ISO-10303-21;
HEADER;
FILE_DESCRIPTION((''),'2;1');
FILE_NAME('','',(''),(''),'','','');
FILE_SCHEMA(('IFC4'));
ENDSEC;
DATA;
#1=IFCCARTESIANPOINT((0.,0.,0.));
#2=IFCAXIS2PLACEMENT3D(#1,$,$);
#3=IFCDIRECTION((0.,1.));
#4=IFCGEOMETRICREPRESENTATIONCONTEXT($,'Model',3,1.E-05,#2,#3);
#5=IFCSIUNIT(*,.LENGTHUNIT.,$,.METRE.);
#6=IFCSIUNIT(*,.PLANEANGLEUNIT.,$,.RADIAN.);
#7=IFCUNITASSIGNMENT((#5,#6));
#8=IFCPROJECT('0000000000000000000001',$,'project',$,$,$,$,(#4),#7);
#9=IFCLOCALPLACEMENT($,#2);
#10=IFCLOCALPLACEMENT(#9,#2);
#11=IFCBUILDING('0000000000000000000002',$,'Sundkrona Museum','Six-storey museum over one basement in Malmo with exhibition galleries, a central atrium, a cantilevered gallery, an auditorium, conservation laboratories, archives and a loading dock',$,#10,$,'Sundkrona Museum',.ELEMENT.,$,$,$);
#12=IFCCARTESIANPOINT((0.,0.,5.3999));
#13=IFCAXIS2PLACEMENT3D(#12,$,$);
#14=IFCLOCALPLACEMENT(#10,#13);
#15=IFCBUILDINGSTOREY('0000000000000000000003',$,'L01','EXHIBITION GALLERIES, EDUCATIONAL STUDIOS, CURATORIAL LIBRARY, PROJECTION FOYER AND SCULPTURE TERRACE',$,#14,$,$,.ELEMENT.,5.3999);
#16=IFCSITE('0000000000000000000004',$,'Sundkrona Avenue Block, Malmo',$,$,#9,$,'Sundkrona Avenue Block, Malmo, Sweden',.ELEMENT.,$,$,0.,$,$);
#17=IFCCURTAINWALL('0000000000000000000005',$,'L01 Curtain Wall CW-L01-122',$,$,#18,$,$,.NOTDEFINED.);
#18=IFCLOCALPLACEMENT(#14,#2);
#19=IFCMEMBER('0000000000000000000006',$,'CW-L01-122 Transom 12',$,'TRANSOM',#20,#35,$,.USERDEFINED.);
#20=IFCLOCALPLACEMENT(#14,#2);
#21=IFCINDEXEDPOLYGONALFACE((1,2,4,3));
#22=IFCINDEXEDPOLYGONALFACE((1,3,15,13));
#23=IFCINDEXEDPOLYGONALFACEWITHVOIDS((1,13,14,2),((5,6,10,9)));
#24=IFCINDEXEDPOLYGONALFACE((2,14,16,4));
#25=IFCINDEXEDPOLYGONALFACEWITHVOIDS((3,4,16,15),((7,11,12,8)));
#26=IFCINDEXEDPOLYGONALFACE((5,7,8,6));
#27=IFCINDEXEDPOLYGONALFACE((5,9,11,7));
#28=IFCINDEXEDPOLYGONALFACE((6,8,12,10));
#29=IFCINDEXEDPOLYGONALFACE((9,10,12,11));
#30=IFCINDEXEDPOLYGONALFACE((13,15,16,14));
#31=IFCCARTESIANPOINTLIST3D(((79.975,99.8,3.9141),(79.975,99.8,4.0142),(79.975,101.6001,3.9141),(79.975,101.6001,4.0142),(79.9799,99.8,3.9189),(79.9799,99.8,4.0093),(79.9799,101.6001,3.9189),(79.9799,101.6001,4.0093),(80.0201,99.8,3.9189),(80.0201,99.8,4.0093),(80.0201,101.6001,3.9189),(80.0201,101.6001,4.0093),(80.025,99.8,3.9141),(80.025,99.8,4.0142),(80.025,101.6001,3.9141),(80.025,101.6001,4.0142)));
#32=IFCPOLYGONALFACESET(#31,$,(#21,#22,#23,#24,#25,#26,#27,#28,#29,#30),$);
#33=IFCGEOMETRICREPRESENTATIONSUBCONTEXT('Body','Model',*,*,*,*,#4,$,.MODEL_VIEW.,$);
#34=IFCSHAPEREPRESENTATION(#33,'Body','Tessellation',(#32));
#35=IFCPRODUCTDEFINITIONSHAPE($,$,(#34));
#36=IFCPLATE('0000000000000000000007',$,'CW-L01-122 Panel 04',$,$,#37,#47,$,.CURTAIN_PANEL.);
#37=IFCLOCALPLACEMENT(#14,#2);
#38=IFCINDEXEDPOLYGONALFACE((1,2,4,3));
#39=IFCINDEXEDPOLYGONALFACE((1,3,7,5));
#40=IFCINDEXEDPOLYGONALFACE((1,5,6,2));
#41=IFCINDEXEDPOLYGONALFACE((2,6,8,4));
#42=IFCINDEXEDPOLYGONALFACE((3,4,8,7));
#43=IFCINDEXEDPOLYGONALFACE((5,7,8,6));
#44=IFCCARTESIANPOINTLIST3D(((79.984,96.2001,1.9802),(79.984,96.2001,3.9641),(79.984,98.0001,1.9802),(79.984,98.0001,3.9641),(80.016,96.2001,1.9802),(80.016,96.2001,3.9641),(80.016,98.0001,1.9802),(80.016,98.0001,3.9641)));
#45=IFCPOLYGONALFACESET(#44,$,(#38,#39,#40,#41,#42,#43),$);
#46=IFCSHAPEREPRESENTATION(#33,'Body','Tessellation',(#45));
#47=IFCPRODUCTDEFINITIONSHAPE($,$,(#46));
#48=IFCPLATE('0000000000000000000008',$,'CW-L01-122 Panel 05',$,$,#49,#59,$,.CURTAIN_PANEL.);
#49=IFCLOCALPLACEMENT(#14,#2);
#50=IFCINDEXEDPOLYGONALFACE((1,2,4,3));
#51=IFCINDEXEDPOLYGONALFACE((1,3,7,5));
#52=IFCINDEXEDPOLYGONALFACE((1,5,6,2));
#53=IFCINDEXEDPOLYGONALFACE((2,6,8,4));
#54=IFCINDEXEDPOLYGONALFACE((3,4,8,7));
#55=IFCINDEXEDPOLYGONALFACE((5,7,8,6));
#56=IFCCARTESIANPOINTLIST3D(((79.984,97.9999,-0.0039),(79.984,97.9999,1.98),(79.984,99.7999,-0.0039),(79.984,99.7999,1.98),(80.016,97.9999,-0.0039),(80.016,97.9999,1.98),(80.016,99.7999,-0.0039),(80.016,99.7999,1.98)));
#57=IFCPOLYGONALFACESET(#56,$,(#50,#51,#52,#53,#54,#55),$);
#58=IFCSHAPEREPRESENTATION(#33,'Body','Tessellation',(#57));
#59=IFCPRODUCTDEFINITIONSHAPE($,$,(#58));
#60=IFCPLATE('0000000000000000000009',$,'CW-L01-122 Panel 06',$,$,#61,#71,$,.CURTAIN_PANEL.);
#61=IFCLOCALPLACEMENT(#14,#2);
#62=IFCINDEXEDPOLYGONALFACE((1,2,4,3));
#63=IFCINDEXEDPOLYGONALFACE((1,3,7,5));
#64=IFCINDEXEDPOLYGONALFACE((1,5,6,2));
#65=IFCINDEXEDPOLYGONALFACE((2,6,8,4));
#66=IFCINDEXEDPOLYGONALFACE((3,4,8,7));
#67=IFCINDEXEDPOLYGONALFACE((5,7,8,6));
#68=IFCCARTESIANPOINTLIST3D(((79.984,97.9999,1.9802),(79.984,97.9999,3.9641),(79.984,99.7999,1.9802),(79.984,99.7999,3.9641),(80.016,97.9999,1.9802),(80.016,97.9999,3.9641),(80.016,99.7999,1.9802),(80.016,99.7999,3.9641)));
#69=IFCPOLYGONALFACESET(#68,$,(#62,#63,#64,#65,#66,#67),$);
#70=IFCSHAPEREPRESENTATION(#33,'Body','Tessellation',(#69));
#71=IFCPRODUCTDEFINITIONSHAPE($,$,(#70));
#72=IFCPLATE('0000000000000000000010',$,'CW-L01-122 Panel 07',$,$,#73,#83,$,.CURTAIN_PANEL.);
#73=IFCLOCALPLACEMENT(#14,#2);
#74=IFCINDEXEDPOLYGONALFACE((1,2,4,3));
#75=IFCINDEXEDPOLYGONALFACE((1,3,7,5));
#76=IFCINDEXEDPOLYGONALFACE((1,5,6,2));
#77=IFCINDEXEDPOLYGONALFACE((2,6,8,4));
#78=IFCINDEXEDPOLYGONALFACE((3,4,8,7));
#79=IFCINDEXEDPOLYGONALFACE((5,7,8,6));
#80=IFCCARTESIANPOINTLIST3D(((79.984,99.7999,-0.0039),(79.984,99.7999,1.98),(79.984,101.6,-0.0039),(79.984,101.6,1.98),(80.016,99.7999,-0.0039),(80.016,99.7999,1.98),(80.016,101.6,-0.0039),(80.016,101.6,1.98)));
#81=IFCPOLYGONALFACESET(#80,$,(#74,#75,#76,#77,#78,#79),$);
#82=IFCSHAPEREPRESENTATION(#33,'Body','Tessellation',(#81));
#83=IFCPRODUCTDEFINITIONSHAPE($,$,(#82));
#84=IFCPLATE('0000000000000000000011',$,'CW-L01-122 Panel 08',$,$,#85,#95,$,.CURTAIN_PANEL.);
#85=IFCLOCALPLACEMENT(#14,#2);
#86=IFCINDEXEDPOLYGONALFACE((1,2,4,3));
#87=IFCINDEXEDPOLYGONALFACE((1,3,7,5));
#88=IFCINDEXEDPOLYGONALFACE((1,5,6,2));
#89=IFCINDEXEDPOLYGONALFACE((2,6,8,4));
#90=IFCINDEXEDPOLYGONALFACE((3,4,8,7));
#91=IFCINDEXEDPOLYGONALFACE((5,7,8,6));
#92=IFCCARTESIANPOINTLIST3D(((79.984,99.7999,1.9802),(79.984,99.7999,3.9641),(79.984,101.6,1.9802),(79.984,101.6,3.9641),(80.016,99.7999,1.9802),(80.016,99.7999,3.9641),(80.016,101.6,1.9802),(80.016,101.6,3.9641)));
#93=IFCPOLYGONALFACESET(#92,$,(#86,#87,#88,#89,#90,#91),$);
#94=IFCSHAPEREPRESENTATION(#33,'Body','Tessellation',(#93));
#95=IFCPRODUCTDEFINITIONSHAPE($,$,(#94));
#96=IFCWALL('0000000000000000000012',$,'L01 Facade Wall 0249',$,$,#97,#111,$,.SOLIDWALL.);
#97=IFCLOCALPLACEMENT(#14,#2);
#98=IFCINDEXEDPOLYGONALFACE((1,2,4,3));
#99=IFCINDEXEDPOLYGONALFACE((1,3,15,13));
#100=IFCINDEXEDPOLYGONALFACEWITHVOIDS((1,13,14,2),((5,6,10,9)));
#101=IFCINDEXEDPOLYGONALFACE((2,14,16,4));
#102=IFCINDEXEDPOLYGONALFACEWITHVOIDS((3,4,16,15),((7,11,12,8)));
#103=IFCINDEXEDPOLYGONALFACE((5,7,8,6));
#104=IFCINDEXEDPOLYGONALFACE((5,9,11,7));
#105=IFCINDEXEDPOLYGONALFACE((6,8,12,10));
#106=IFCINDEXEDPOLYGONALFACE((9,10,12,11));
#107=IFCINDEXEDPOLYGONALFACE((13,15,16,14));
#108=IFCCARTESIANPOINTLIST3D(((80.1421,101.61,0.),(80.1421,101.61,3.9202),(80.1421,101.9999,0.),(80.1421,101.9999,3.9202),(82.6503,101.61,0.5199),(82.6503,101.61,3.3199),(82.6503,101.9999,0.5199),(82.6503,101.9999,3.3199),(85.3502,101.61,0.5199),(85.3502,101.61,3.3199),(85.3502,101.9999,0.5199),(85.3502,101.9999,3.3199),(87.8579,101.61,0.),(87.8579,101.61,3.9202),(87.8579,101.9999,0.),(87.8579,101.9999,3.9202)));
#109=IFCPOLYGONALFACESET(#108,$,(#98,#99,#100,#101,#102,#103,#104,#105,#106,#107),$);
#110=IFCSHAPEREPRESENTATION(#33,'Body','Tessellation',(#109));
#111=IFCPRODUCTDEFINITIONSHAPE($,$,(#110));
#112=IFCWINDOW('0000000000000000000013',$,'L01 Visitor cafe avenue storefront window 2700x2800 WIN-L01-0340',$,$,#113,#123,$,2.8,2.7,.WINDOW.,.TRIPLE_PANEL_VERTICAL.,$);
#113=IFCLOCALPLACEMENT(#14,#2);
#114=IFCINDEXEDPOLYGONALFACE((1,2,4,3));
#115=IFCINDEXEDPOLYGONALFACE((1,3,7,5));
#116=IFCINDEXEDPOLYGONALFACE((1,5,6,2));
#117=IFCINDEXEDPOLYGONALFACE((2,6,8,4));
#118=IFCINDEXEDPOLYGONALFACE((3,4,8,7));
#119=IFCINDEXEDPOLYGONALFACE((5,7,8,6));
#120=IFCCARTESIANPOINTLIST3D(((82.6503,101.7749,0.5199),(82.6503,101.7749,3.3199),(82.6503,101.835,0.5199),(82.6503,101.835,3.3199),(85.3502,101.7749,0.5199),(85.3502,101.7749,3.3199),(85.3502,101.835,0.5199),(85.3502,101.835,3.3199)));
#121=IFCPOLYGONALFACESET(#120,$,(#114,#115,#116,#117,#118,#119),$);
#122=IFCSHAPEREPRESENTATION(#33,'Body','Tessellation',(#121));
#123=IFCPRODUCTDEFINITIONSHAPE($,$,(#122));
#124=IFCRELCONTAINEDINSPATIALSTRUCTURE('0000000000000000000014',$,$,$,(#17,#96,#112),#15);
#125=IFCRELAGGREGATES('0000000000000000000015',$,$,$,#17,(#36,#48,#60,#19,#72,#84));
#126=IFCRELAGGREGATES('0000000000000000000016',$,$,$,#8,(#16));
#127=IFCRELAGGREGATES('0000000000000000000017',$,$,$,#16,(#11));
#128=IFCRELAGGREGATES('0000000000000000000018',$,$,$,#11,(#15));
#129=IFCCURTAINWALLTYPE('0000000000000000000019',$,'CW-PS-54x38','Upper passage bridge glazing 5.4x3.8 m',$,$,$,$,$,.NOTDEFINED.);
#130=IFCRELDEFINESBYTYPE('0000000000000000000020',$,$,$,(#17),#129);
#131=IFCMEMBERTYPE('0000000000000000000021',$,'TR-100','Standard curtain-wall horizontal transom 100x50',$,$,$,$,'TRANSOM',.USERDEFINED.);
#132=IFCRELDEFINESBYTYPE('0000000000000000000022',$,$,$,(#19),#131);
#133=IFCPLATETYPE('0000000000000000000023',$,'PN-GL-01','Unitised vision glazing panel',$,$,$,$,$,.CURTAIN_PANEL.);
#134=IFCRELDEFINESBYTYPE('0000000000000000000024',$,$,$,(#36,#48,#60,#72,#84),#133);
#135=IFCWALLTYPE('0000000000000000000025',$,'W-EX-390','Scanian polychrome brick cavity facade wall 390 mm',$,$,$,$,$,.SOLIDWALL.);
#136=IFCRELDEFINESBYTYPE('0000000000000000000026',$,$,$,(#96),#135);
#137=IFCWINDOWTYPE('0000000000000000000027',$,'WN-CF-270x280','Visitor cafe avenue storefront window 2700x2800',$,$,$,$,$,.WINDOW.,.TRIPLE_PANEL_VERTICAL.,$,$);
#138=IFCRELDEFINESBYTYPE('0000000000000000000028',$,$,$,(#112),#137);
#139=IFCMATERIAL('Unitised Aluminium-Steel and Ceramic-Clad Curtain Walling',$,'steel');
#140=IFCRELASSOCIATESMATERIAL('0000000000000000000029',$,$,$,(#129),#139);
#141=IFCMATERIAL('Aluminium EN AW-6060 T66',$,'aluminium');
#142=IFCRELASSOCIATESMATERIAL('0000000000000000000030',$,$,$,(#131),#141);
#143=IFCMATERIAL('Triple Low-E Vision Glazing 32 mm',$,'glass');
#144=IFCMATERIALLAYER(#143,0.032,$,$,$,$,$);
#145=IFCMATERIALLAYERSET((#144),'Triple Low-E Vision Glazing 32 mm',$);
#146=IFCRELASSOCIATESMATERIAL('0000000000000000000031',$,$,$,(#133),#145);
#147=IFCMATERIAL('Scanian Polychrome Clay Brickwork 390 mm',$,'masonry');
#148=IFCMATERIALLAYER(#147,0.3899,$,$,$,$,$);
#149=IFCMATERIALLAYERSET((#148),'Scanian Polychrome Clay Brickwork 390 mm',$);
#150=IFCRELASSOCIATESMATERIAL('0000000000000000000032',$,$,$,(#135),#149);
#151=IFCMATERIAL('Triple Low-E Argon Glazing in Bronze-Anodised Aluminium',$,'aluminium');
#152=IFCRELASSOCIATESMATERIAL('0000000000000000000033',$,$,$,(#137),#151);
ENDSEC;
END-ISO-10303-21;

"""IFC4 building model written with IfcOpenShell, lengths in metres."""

from ifc_helpers import new_model, si_unit, direction, frame, frame_2d, origin, origin_2d, place, context, subcontext, project, spatial, rectangle, hollow_rectangle, extrude, material, layer, layer_set, material_profile, profile_set, type_object, element, fill, aggregate, save


model = new_model("IFC4")

# Units and contexts
model_context = context("Model", 3, precision=1e-05, world=origin(), true_north=direction((0.0, 1.0)))
body_context = subcontext(model_context, "Body", "Model", "MODEL_VIEW")
ifc_project = project(units=[si_unit("LENGTHUNIT", "METRE"), si_unit("PLANEANGLEUNIT", "RADIAN")], contexts=[model_context])

# Site, building, storey
site_placement = place(None, origin())
site = spatial("IfcSite", under=ifc_project, at=site_placement, Name="Sundkrona Avenue Block, Malmo", LongName="Sundkrona Avenue Block, Malmo, Sweden", CompositionType="ELEMENT", RefElevation=0.0)
building_placement = place(site_placement, origin())
building = spatial("IfcBuilding", under=site, at=building_placement, Name="Sundkrona Museum", Description="Six-storey museum over one basement in Malmo with exhibition galleries, a central atrium, a cantilevered gallery, an auditorium, conservation laboratories, archives and a loading dock", LongName="Sundkrona Museum", CompositionType="ELEMENT")
storey_placement = place(building_placement, frame((0.0, 0.0, 5.3999)))
storey = spatial("IfcBuildingStorey", under=building, at=storey_placement, Name="L01", Description="EXHIBITION GALLERIES, EDUCATIONAL STUDIOS, CURATORIAL LIBRARY, PROJECTION FOYER AND SCULPTURE TERRACE", CompositionType="ELEMENT", Elevation=5.3999)

# Curtain wall
ifc_material_1 = material(Name="Unitised Aluminium-Steel and Ceramic-Clad Curtain Walling", Category="steel")
curtain_wall_type = type_object("IfcCurtainWallType", Name="CW-PS-54x38", Description="Upper passage bridge glazing 5.4x3.8 m", PredefinedType="NOTDEFINED", material=ifc_material_1)
curtain_wall_placement = place(storey_placement, origin())
curtain_wall = element("IfcCurtainWall", 1, at=curtain_wall_placement, inside=storey, type_object=curtain_wall_type, Name="L01 Curtain Wall CW-L01-122", PredefinedType="NOTDEFINED")
ifc_material_2 = material(Name="Aluminium EN AW-6060 T66", Category="aluminium")

# Member
ifc_material_profile_1 = material_profile(ifc_material_2, hollow_rectangle(XDim=0.05, YDim=0.1001, WallThickness=0.0049, at=origin_2d()), Name="RHS 100x50x5.0")
ifc_profile_set_1 = profile_set([ifc_material_profile_1], Name="Aluminium EN AW-6060 T66")
member_type_1 = type_object("IfcMemberType", Name="TR-100", Description="Standard curtain-wall horizontal transom 100x50", ElementType="TRANSOM", PredefinedType="USERDEFINED", material=ifc_profile_set_1)
member_1_placement = place(storey_placement, frame((80.0, 99.8, 3.9641), z_axis=(0.0, 1.0, 0.0), x_axis=(-1.0, 0.0, 0.0)))
member_1 = element("IfcMember", 2, at=member_1_placement, type_object=member_type_1, Name="CW-L01-122 Transom 12", ObjectType="TRANSOM", PredefinedType="USERDEFINED", context=body_context, shape_type="SweptSolid", body=[
    extrude(hollow_rectangle(XDim=0.05, YDim=0.1001, WallThickness=0.0049, at=origin_2d()), origin(), (0.0, 0.0, 1.0), 1.8),
])

# Plates
ifc_material_3 = material(Name="Triple Low-E Vision Glazing 32 mm", Category="glass")
ifc_layer_1 = layer(ifc_material_3, 0.032)
ifc_layer_set_1 = layer_set([ifc_layer_1], Name="Triple Low-E Vision Glazing 32 mm")
plate_type = type_object("IfcPlateType", Name="PN-GL-01", Description="Unitised vision glazing panel", PredefinedType="CURTAIN_PANEL", material=ifc_layer_set_1)
plate_1_placement = place(storey_placement, frame((80.0, 97.1001, 1.9802), z_axis=(0.0, 0.0, 1.0), x_axis=(0.0, 1.0, 0.0)))
plate_1 = element("IfcPlate", 3, at=plate_1_placement, type_object=plate_type, Name="CW-L01-122 Panel 04", PredefinedType="CURTAIN_PANEL", context=body_context, shape_type="SweptSolid", body=[
    extrude(rectangle(XDim=1.8, YDim=0.032, at=origin_2d()), origin(), (0.0, 0.0, 1.0), 1.9839),
])
plate_2_placement = place(storey_placement, frame((80.0, 98.8999, -0.0039), z_axis=(0.0, 0.0, 1.0), x_axis=(0.0, 1.0, 0.0)))
plate_2 = element("IfcPlate", 4, at=plate_2_placement, type_object=plate_type, Name="CW-L01-122 Panel 05", PredefinedType="CURTAIN_PANEL", context=body_context, shape_type="SweptSolid", body=[
    extrude(rectangle(XDim=1.8, YDim=0.032, at=origin_2d()), origin(), (0.0, 0.0, 1.0), 1.9839),
])
plate_3_placement = place(storey_placement, frame((80.0, 98.8999, 1.9802), z_axis=(0.0, 0.0, 1.0), x_axis=(0.0, 1.0, 0.0)))
plate_3 = element("IfcPlate", 5, at=plate_3_placement, type_object=plate_type, Name="CW-L01-122 Panel 06", PredefinedType="CURTAIN_PANEL", context=body_context, shape_type="SweptSolid", body=[
    extrude(rectangle(XDim=1.8, YDim=0.032, at=origin_2d()), origin(), (0.0, 0.0, 1.0), 1.9839),
])
plate_4_placement = place(storey_placement, frame((80.0, 100.7, -0.0039), z_axis=(0.0, 0.0, 1.0), x_axis=(0.0, 1.0, 0.0)))
plate_4 = element("IfcPlate", 6, at=plate_4_placement, type_object=plate_type, Name="CW-L01-122 Panel 07", PredefinedType="CURTAIN_PANEL", context=body_context, shape_type="SweptSolid", body=[
    extrude(rectangle(XDim=1.8, YDim=0.032, at=origin_2d()), origin(), (0.0, 0.0, 1.0), 1.9839),
])
plate_5_placement = place(storey_placement, frame((80.0, 100.7, 1.9802), z_axis=(0.0, 0.0, 1.0), x_axis=(0.0, 1.0, 0.0)))
plate_5 = element("IfcPlate", 7, at=plate_5_placement, type_object=plate_type, Name="CW-L01-122 Panel 08", PredefinedType="CURTAIN_PANEL", context=body_context, shape_type="SweptSolid", body=[
    extrude(rectangle(XDim=1.8, YDim=0.032, at=origin_2d()), origin(), (0.0, 0.0, 1.0), 1.9839),
])
aggregate(curtain_wall, [plate_1, plate_2, plate_3, member_1, plate_4, plate_5])

# Wall, opening, window
ifc_material_4 = material(Name="Scanian Polychrome Clay Brickwork 390 mm", Category="masonry")
ifc_layer_2 = layer(ifc_material_4, 0.3899)
ifc_layer_set_2 = layer_set([ifc_layer_2], Name="Scanian Polychrome Clay Brickwork 390 mm")
wall_type = type_object("IfcWallType", Name="W-EX-390", Description="Scanian polychrome brick cavity facade wall 390 mm", PredefinedType="SOLIDWALL", material=ifc_layer_set_2)
wall_placement = place(storey_placement, frame((80.1421, 101.8049, 0.0), z_axis=(0.0, 0.0, 1.0), x_axis=(1.0, 0.0, 0.0)))
wall = element("IfcWall", 8, at=wall_placement, inside=storey, type_object=wall_type, Name="L01 Facade Wall 0249", PredefinedType="SOLIDWALL", context=body_context, shape_type="SweptSolid", body=[
    extrude(rectangle(XDim=7.7158, YDim=0.3899, at=frame_2d((3.8579, 0.0))), origin(), (0.0, 0.0, 1.0), 3.9202),
])
opening_placement = place(wall_placement, frame((2.5081, 0.0, 0.52)))
opening = element("IfcOpeningElement", 9, at=opening_placement, cuts=wall, PredefinedType="OPENING", context=body_context, shape_type="SweptSolid", body=[
    extrude(rectangle(XDim=2.7, YDim=2.8, at=frame_2d((1.3501, 1.3999))), frame((0.0, 0.2048, 0.0), z_axis=(0.0, -1.0, 0.0), x_axis=(1.0, 0.0, 0.0)), (0.0, 0.0, 1.0), 0.4099),
])
ifc_material_5 = material(Name="Triple Low-E Argon Glazing in Bronze-Anodised Aluminium", Category="aluminium")
window_type = type_object("IfcWindowType", Name="WN-CF-270x280", Description="Visitor cafe avenue storefront window 2700x2800", PartitioningType="TRIPLE_PANEL_VERTICAL", PredefinedType="WINDOW", material=ifc_material_5)
window_placement = place(opening_placement, origin())
window = element("IfcWindow", 10, at=window_placement, inside=storey, type_object=window_type, Name="L01 Visitor cafe avenue storefront window 2700x2800 WIN-L01-0340", OverallHeight=2.8, OverallWidth=2.7, PartitioningType="TRIPLE_PANEL_VERTICAL", PredefinedType="WINDOW", context=body_context, shape_type="SweptSolid", body=[
    extrude(rectangle(XDim=2.7, YDim=2.8, at=frame_2d((1.3501, 1.3999))), frame((0.0, 0.03, 0.0), z_axis=(0.0, -1.0, 0.0), x_axis=(1.0, 0.0, 0.0)), (0.0, 0.0, 1.0), 0.0601),
])
fill(opening, window)

save(model, "model.ifc")
